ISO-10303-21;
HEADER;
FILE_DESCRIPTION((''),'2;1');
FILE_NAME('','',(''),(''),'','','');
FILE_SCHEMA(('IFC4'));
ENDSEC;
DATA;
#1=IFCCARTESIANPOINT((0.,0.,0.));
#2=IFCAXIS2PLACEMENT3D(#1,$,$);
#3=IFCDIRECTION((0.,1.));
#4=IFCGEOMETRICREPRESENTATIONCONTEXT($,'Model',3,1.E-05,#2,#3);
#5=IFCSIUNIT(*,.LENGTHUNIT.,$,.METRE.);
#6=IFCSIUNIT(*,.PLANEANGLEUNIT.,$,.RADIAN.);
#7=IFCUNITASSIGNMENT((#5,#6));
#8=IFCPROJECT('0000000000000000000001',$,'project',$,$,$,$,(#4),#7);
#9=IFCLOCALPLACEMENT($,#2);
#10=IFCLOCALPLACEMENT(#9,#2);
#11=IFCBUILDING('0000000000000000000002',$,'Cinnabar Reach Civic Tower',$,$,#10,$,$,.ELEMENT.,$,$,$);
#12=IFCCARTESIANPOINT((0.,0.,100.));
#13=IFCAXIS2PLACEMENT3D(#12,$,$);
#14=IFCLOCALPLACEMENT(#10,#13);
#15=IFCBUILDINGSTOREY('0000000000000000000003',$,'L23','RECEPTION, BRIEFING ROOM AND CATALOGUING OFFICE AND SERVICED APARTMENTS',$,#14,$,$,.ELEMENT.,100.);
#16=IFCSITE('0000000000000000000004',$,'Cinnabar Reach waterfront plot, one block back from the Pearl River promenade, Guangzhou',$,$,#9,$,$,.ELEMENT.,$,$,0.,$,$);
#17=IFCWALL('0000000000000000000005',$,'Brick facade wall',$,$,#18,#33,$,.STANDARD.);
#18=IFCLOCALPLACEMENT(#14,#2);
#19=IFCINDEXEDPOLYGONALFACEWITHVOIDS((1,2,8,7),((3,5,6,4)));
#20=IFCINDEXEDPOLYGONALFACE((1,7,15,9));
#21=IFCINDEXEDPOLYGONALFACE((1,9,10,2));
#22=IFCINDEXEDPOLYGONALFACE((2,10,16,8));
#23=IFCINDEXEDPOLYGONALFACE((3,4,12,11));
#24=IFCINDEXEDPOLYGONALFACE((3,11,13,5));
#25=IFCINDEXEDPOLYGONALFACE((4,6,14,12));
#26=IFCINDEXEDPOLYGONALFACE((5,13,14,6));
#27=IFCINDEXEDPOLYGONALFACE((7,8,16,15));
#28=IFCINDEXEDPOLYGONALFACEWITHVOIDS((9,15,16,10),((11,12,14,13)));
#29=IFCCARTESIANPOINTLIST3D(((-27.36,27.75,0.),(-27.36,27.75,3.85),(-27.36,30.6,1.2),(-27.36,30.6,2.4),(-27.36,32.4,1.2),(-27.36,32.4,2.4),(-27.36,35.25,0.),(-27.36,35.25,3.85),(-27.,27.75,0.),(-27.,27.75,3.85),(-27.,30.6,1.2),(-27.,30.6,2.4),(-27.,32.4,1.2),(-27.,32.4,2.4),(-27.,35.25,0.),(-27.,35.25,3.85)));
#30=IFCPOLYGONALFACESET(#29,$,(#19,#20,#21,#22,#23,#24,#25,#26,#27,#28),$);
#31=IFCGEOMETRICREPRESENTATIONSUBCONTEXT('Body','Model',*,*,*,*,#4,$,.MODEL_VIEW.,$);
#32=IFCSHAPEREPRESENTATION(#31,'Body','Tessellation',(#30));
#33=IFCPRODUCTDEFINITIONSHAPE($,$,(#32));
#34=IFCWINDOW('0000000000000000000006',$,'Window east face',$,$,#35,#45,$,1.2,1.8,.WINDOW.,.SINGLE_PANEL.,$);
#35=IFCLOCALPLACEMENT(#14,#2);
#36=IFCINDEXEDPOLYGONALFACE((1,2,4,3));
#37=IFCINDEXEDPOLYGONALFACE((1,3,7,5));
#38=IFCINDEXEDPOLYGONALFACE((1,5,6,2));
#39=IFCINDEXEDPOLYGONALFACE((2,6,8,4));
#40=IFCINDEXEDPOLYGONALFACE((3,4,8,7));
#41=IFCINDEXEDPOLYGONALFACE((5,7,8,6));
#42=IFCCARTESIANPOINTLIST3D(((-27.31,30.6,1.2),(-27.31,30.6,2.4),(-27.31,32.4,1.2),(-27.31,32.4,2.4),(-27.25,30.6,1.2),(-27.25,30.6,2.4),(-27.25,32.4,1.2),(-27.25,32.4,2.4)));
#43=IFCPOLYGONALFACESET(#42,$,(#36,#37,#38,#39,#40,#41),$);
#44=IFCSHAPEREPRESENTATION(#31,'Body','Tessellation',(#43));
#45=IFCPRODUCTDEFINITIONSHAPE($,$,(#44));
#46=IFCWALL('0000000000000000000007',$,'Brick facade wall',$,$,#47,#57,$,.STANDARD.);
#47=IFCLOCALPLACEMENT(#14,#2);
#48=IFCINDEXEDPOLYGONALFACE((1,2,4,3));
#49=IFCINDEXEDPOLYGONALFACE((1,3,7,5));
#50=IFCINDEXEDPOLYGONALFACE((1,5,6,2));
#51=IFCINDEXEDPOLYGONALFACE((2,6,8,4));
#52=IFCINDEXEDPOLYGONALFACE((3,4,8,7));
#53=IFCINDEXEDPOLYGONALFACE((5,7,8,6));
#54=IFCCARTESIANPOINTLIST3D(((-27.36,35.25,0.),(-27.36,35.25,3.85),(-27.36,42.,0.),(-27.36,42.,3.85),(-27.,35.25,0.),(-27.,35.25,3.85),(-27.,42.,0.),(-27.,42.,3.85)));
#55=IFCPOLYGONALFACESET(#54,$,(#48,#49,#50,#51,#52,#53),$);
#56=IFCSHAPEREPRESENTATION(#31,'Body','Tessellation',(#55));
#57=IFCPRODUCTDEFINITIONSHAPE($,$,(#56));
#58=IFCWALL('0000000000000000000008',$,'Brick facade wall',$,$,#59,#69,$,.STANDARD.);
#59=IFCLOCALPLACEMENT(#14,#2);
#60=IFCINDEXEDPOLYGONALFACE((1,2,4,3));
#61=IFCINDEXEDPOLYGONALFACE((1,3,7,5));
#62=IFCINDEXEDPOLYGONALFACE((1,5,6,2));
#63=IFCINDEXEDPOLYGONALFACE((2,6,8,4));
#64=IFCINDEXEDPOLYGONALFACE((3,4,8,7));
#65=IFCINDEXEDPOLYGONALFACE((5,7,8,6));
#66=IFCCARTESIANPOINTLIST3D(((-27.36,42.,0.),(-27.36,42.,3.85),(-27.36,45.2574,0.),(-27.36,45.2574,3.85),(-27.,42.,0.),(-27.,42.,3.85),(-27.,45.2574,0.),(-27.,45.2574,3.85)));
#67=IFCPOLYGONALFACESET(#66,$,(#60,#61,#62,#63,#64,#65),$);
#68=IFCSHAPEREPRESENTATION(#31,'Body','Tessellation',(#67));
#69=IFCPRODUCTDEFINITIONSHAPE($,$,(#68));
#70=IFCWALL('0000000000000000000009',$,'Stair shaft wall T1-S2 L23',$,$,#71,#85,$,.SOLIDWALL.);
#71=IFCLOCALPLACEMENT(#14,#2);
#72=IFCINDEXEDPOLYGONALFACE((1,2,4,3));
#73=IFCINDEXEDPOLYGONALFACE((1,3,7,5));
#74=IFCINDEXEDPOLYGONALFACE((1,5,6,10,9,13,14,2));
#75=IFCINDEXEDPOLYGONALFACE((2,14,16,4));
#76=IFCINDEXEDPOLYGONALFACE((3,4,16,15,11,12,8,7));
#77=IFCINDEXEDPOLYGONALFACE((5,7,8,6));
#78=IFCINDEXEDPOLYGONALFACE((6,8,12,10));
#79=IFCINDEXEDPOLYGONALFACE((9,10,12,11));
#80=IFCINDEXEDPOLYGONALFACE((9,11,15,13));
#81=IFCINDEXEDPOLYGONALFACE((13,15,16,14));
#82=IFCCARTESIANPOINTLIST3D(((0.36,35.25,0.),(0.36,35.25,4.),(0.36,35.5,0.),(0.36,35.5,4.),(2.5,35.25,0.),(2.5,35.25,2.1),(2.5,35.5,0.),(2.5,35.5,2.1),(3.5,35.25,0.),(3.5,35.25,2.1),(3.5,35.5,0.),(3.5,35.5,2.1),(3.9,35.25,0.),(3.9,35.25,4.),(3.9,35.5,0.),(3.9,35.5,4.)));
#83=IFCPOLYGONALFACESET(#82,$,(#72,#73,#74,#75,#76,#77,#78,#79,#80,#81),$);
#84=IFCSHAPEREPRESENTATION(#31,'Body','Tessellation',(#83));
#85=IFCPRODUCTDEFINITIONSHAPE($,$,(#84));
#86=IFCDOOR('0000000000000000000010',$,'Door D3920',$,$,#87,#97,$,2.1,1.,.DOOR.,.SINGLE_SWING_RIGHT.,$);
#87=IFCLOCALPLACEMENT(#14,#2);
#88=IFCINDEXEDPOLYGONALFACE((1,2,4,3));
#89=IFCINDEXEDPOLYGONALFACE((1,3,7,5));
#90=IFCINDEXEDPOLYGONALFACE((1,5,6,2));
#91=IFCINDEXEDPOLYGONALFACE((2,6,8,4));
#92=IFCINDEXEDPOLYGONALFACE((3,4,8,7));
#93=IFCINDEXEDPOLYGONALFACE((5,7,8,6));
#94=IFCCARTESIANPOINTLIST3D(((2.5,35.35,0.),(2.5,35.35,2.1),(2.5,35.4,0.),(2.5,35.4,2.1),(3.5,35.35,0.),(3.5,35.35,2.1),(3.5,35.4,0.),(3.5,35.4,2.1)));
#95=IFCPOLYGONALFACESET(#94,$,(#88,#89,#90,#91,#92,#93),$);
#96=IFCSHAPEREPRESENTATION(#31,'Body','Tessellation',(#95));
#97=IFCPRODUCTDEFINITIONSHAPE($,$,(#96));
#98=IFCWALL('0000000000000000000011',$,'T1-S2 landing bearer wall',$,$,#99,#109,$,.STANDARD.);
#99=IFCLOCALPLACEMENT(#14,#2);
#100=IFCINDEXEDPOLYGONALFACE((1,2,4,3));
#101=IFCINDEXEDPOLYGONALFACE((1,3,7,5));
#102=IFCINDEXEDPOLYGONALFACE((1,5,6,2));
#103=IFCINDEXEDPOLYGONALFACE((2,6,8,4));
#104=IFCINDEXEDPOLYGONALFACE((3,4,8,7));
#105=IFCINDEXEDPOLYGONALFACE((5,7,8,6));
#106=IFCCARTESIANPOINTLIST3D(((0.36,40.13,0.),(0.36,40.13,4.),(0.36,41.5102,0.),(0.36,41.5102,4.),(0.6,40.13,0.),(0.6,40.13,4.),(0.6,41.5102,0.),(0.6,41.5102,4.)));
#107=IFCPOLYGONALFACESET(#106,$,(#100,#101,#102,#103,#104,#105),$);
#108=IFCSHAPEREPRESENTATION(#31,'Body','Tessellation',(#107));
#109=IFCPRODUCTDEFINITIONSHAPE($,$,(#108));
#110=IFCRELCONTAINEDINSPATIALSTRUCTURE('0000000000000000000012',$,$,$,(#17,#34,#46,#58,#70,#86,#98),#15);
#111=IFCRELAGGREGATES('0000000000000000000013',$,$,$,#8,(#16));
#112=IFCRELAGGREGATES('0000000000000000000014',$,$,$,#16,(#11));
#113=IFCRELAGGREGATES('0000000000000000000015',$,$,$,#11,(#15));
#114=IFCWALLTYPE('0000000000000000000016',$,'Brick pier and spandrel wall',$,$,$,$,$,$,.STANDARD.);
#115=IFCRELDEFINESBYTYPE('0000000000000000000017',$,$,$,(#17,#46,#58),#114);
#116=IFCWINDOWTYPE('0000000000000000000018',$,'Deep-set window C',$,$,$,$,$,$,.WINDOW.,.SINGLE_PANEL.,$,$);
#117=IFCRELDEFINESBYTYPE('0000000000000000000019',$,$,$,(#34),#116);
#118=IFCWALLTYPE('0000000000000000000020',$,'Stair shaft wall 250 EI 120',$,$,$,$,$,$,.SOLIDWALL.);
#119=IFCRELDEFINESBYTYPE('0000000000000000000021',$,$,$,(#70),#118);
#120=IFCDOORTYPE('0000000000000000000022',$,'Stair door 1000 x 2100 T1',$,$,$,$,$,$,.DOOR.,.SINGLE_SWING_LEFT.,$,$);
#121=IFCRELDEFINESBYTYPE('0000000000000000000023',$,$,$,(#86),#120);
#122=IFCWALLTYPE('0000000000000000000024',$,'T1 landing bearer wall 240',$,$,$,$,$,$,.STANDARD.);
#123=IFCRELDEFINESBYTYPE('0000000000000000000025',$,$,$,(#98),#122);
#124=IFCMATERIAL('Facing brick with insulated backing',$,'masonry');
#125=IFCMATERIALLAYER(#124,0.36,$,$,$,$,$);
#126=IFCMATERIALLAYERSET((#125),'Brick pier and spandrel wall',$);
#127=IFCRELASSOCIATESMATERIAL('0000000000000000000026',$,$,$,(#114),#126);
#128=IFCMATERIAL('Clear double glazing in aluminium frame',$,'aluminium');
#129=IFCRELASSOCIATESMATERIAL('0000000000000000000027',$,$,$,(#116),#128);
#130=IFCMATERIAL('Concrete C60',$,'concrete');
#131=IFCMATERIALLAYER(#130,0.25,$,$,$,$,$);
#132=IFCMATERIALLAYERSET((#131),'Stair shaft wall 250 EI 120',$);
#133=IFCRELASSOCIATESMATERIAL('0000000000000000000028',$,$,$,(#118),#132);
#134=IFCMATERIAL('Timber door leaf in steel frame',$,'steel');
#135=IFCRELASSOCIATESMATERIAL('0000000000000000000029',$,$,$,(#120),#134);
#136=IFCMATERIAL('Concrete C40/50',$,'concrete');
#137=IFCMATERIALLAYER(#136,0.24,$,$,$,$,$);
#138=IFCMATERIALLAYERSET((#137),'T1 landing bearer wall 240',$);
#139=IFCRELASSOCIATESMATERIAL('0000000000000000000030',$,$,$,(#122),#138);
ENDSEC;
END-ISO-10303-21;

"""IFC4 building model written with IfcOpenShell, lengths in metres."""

from ifc_helpers import new_model, si_unit, direction, frame, frame_2d, origin, place, context, subcontext, project, spatial, rectangle, extrude, material, layer, layer_set, type_object, element, fill, save


model = new_model("IFC4")

# Units and contexts
model_context = context("Model", 3, precision=1e-05, world=origin(), true_north=direction((0.0, 1.0)))
body_context = subcontext(model_context, "Body", "Model", "MODEL_VIEW")
ifc_project = project(units=[si_unit("LENGTHUNIT", "METRE"), si_unit("PLANEANGLEUNIT", "RADIAN")], contexts=[model_context])

# Site, building, storey
site_placement = place(None, origin())
site = spatial("IfcSite", under=ifc_project, at=site_placement, Name="Cinnabar Reach waterfront plot, one block back from the Pearl River promenade, Guangzhou", CompositionType="ELEMENT", RefElevation=0.0)
building_placement = place(site_placement, origin())
building = spatial("IfcBuilding", under=site, at=building_placement, Name="Cinnabar Reach Civic Tower", CompositionType="ELEMENT")
storey_placement = place(building_placement, frame((0.0, 0.0, 100.0)))
storey = spatial("IfcBuildingStorey", under=building, at=storey_placement, Name="L23", Description="RECEPTION, BRIEFING ROOM AND CATALOGUING OFFICE AND SERVICED APARTMENTS", CompositionType="ELEMENT", Elevation=100.0)

# Shared definitions
ifc_material_1 = material(Name="Facing brick with insulated backing", Category="masonry")
ifc_layer_1 = layer(ifc_material_1, 0.36)
ifc_layer_set_1 = layer_set([ifc_layer_1], Name="Brick pier and spandrel wall")
wall_type_1 = type_object("IfcWallType", Name="Brick pier and spandrel wall", PredefinedType="STANDARD", material=ifc_layer_set_1)

# Wall, opening, window
wall_1_placement = place(storey_placement, frame((-27.18, 27.75, 0.0), z_axis=(0.0, 0.0, 1.0), x_axis=(0.0, 1.0, 0.0)))
wall_1 = element("IfcWall", 1, at=wall_1_placement, inside=storey, type_object=wall_type_1, Name="Brick facade wall", PredefinedType="STANDARD", context=body_context, shape_type="SweptSolid", body=[
    extrude(rectangle(XDim=7.5, YDim=0.36, at=frame_2d((3.75, 0.0))), origin(), (0.0, 0.0, 1.0), 3.85),
])
opening_1_placement = place(wall_1_placement, frame((2.85, 0.0, 1.2)))
opening_1 = element("IfcOpeningElement", 2, at=opening_1_placement, cuts=wall_1, PredefinedType="OPENING", context=body_context, shape_type="SweptSolid", body=[
    extrude(rectangle(XDim=1.8, YDim=1.2, at=frame_2d((0.9, 0.6))), frame((0.0, 0.19, 0.0), z_axis=(0.0, -1.0, 0.0), x_axis=(1.0, 0.0, 0.0)), (0.0, 0.0, 1.0), 0.38),
])
ifc_material_2 = material(Name="Clear double glazing in aluminium frame", Category="aluminium")
window_type = type_object("IfcWindowType", Name="Deep-set window C", PartitioningType="SINGLE_PANEL", PredefinedType="WINDOW", material=ifc_material_2)
window_placement = place(opening_1_placement, origin())
window = element("IfcWindow", 3, at=window_placement, inside=storey, type_object=window_type, Name="Window east face", OverallHeight=1.2, OverallWidth=1.8, PartitioningType="SINGLE_PANEL", PredefinedType="WINDOW", context=body_context, shape_type="SweptSolid", body=[
    extrude(rectangle(XDim=1.8, YDim=1.2, at=frame_2d((0.9, 0.6))), frame((0.0, 0.13, 0.0), z_axis=(0.0, -1.0, 0.0), x_axis=(1.0, 0.0, 0.0)), (0.0, 0.0, 1.0), 0.06),
])
fill(opening_1, window)

# Walls
wall_2_placement = place(storey_placement, frame((-27.18, 35.25, 0.0), z_axis=(0.0, 0.0, 1.0), x_axis=(0.0, 1.0, 0.0)))
element("IfcWall", 4, at=wall_2_placement, inside=storey, type_object=wall_type_1, Name="Brick facade wall", PredefinedType="STANDARD", context=body_context, shape_type="SweptSolid", body=[
    extrude(rectangle(XDim=6.75, YDim=0.36, at=frame_2d((3.375, 0.0))), origin(), (0.0, 0.0, 1.0), 3.85),
])
wall_3_placement = place(storey_placement, frame((-27.18, 42.0, 0.0), z_axis=(0.0, 0.0, 1.0), x_axis=(0.0, 1.0, 0.0)))
element("IfcWall", 5, at=wall_3_placement, inside=storey, type_object=wall_type_1, Name="Brick facade wall", PredefinedType="STANDARD", context=body_context, shape_type="SweptSolid", body=[
    extrude(rectangle(XDim=3.2574, YDim=0.36, at=frame_2d((1.6287, 0.0))), origin(), (0.0, 0.0, 1.0), 3.85),
])

# Wall, opening, door
ifc_material_3 = material(Name="Concrete C60", Category="concrete")
ifc_layer_2 = layer(ifc_material_3, 0.25)
ifc_layer_set_2 = layer_set([ifc_layer_2], Name="Stair shaft wall 250 EI 120")
wall_type_2 = type_object("IfcWallType", Name="Stair shaft wall 250 EI 120", PredefinedType="SOLIDWALL", material=ifc_layer_set_2)
wall_4_placement = place(storey_placement, frame((0.36, 35.375, 0.0), z_axis=(0.0, 0.0, 1.0), x_axis=(1.0, 0.0, 0.0)))
wall_4 = element("IfcWall", 6, at=wall_4_placement, inside=storey, type_object=wall_type_2, Name="Stair shaft wall T1-S2 L23", PredefinedType="SOLIDWALL", context=body_context, shape_type="SweptSolid", body=[
    extrude(rectangle(XDim=3.54, YDim=0.25, at=frame_2d((1.77, 0.0))), origin(), (0.0, 0.0, 1.0), 4.0),
])
opening_2_placement = place(wall_4_placement, frame((2.14, 0.0, 0.0)))
opening_2 = element("IfcOpeningElement", 7, at=opening_2_placement, cuts=wall_4, PredefinedType="OPENING", context=body_context, shape_type="SweptSolid", body=[
    extrude(rectangle(XDim=1.0, YDim=2.1, at=frame_2d((0.5, 1.05))), frame((0.0, 0.135, 0.0), z_axis=(0.0, -1.0, 0.0), x_axis=(1.0, 0.0, 0.0)), (0.0, 0.0, 1.0), 0.27),
])
ifc_material_4 = material(Name="Timber door leaf in steel frame", Category="steel")
door_type = type_object("IfcDoorType", Name="Stair door 1000 x 2100 T1", OperationType="SINGLE_SWING_LEFT", PredefinedType="DOOR", material=ifc_material_4)
door_placement = place(opening_2_placement, origin())
door = element("IfcDoor", 8, at=door_placement, inside=storey, type_object=door_type, Name="Door D3920", OperationType="SINGLE_SWING_RIGHT", OverallHeight=2.1, OverallWidth=1.0, PredefinedType="DOOR", context=body_context, shape_type="SweptSolid", body=[
    extrude(rectangle(XDim=1.0, YDim=2.1, at=frame_2d((0.5, 1.05))), frame((0.0, 0.025, 0.0), z_axis=(0.0, -1.0, 0.0), x_axis=(1.0, 0.0, 0.0)), (0.0, 0.0, 1.0), 0.05),
])
fill(opening_2, door)

# Wall
ifc_material_5 = material(Name="Concrete C40/50", Category="concrete")
ifc_layer_3 = layer(ifc_material_5, 0.24)
ifc_layer_set_3 = layer_set([ifc_layer_3], Name="T1 landing bearer wall 240")
wall_type_3 = type_object("IfcWallType", Name="T1 landing bearer wall 240", PredefinedType="STANDARD", material=ifc_layer_set_3)
wall_5_placement = place(storey_placement, frame((0.48, 40.13, 0.0), z_axis=(0.0, 0.0, 1.0), x_axis=(0.0, 1.0, 0.0)))
element("IfcWall", 9, at=wall_5_placement, inside=storey, type_object=wall_type_3, Name="T1-S2 landing bearer wall", PredefinedType="STANDARD", context=body_context, shape_type="SweptSolid", body=[
    extrude(rectangle(XDim=1.3802, YDim=0.24, at=frame_2d((0.6901, 0.0))), origin(), (0.0, 0.0, 1.0), 4.0),
])

save(model, "model.ifc")
